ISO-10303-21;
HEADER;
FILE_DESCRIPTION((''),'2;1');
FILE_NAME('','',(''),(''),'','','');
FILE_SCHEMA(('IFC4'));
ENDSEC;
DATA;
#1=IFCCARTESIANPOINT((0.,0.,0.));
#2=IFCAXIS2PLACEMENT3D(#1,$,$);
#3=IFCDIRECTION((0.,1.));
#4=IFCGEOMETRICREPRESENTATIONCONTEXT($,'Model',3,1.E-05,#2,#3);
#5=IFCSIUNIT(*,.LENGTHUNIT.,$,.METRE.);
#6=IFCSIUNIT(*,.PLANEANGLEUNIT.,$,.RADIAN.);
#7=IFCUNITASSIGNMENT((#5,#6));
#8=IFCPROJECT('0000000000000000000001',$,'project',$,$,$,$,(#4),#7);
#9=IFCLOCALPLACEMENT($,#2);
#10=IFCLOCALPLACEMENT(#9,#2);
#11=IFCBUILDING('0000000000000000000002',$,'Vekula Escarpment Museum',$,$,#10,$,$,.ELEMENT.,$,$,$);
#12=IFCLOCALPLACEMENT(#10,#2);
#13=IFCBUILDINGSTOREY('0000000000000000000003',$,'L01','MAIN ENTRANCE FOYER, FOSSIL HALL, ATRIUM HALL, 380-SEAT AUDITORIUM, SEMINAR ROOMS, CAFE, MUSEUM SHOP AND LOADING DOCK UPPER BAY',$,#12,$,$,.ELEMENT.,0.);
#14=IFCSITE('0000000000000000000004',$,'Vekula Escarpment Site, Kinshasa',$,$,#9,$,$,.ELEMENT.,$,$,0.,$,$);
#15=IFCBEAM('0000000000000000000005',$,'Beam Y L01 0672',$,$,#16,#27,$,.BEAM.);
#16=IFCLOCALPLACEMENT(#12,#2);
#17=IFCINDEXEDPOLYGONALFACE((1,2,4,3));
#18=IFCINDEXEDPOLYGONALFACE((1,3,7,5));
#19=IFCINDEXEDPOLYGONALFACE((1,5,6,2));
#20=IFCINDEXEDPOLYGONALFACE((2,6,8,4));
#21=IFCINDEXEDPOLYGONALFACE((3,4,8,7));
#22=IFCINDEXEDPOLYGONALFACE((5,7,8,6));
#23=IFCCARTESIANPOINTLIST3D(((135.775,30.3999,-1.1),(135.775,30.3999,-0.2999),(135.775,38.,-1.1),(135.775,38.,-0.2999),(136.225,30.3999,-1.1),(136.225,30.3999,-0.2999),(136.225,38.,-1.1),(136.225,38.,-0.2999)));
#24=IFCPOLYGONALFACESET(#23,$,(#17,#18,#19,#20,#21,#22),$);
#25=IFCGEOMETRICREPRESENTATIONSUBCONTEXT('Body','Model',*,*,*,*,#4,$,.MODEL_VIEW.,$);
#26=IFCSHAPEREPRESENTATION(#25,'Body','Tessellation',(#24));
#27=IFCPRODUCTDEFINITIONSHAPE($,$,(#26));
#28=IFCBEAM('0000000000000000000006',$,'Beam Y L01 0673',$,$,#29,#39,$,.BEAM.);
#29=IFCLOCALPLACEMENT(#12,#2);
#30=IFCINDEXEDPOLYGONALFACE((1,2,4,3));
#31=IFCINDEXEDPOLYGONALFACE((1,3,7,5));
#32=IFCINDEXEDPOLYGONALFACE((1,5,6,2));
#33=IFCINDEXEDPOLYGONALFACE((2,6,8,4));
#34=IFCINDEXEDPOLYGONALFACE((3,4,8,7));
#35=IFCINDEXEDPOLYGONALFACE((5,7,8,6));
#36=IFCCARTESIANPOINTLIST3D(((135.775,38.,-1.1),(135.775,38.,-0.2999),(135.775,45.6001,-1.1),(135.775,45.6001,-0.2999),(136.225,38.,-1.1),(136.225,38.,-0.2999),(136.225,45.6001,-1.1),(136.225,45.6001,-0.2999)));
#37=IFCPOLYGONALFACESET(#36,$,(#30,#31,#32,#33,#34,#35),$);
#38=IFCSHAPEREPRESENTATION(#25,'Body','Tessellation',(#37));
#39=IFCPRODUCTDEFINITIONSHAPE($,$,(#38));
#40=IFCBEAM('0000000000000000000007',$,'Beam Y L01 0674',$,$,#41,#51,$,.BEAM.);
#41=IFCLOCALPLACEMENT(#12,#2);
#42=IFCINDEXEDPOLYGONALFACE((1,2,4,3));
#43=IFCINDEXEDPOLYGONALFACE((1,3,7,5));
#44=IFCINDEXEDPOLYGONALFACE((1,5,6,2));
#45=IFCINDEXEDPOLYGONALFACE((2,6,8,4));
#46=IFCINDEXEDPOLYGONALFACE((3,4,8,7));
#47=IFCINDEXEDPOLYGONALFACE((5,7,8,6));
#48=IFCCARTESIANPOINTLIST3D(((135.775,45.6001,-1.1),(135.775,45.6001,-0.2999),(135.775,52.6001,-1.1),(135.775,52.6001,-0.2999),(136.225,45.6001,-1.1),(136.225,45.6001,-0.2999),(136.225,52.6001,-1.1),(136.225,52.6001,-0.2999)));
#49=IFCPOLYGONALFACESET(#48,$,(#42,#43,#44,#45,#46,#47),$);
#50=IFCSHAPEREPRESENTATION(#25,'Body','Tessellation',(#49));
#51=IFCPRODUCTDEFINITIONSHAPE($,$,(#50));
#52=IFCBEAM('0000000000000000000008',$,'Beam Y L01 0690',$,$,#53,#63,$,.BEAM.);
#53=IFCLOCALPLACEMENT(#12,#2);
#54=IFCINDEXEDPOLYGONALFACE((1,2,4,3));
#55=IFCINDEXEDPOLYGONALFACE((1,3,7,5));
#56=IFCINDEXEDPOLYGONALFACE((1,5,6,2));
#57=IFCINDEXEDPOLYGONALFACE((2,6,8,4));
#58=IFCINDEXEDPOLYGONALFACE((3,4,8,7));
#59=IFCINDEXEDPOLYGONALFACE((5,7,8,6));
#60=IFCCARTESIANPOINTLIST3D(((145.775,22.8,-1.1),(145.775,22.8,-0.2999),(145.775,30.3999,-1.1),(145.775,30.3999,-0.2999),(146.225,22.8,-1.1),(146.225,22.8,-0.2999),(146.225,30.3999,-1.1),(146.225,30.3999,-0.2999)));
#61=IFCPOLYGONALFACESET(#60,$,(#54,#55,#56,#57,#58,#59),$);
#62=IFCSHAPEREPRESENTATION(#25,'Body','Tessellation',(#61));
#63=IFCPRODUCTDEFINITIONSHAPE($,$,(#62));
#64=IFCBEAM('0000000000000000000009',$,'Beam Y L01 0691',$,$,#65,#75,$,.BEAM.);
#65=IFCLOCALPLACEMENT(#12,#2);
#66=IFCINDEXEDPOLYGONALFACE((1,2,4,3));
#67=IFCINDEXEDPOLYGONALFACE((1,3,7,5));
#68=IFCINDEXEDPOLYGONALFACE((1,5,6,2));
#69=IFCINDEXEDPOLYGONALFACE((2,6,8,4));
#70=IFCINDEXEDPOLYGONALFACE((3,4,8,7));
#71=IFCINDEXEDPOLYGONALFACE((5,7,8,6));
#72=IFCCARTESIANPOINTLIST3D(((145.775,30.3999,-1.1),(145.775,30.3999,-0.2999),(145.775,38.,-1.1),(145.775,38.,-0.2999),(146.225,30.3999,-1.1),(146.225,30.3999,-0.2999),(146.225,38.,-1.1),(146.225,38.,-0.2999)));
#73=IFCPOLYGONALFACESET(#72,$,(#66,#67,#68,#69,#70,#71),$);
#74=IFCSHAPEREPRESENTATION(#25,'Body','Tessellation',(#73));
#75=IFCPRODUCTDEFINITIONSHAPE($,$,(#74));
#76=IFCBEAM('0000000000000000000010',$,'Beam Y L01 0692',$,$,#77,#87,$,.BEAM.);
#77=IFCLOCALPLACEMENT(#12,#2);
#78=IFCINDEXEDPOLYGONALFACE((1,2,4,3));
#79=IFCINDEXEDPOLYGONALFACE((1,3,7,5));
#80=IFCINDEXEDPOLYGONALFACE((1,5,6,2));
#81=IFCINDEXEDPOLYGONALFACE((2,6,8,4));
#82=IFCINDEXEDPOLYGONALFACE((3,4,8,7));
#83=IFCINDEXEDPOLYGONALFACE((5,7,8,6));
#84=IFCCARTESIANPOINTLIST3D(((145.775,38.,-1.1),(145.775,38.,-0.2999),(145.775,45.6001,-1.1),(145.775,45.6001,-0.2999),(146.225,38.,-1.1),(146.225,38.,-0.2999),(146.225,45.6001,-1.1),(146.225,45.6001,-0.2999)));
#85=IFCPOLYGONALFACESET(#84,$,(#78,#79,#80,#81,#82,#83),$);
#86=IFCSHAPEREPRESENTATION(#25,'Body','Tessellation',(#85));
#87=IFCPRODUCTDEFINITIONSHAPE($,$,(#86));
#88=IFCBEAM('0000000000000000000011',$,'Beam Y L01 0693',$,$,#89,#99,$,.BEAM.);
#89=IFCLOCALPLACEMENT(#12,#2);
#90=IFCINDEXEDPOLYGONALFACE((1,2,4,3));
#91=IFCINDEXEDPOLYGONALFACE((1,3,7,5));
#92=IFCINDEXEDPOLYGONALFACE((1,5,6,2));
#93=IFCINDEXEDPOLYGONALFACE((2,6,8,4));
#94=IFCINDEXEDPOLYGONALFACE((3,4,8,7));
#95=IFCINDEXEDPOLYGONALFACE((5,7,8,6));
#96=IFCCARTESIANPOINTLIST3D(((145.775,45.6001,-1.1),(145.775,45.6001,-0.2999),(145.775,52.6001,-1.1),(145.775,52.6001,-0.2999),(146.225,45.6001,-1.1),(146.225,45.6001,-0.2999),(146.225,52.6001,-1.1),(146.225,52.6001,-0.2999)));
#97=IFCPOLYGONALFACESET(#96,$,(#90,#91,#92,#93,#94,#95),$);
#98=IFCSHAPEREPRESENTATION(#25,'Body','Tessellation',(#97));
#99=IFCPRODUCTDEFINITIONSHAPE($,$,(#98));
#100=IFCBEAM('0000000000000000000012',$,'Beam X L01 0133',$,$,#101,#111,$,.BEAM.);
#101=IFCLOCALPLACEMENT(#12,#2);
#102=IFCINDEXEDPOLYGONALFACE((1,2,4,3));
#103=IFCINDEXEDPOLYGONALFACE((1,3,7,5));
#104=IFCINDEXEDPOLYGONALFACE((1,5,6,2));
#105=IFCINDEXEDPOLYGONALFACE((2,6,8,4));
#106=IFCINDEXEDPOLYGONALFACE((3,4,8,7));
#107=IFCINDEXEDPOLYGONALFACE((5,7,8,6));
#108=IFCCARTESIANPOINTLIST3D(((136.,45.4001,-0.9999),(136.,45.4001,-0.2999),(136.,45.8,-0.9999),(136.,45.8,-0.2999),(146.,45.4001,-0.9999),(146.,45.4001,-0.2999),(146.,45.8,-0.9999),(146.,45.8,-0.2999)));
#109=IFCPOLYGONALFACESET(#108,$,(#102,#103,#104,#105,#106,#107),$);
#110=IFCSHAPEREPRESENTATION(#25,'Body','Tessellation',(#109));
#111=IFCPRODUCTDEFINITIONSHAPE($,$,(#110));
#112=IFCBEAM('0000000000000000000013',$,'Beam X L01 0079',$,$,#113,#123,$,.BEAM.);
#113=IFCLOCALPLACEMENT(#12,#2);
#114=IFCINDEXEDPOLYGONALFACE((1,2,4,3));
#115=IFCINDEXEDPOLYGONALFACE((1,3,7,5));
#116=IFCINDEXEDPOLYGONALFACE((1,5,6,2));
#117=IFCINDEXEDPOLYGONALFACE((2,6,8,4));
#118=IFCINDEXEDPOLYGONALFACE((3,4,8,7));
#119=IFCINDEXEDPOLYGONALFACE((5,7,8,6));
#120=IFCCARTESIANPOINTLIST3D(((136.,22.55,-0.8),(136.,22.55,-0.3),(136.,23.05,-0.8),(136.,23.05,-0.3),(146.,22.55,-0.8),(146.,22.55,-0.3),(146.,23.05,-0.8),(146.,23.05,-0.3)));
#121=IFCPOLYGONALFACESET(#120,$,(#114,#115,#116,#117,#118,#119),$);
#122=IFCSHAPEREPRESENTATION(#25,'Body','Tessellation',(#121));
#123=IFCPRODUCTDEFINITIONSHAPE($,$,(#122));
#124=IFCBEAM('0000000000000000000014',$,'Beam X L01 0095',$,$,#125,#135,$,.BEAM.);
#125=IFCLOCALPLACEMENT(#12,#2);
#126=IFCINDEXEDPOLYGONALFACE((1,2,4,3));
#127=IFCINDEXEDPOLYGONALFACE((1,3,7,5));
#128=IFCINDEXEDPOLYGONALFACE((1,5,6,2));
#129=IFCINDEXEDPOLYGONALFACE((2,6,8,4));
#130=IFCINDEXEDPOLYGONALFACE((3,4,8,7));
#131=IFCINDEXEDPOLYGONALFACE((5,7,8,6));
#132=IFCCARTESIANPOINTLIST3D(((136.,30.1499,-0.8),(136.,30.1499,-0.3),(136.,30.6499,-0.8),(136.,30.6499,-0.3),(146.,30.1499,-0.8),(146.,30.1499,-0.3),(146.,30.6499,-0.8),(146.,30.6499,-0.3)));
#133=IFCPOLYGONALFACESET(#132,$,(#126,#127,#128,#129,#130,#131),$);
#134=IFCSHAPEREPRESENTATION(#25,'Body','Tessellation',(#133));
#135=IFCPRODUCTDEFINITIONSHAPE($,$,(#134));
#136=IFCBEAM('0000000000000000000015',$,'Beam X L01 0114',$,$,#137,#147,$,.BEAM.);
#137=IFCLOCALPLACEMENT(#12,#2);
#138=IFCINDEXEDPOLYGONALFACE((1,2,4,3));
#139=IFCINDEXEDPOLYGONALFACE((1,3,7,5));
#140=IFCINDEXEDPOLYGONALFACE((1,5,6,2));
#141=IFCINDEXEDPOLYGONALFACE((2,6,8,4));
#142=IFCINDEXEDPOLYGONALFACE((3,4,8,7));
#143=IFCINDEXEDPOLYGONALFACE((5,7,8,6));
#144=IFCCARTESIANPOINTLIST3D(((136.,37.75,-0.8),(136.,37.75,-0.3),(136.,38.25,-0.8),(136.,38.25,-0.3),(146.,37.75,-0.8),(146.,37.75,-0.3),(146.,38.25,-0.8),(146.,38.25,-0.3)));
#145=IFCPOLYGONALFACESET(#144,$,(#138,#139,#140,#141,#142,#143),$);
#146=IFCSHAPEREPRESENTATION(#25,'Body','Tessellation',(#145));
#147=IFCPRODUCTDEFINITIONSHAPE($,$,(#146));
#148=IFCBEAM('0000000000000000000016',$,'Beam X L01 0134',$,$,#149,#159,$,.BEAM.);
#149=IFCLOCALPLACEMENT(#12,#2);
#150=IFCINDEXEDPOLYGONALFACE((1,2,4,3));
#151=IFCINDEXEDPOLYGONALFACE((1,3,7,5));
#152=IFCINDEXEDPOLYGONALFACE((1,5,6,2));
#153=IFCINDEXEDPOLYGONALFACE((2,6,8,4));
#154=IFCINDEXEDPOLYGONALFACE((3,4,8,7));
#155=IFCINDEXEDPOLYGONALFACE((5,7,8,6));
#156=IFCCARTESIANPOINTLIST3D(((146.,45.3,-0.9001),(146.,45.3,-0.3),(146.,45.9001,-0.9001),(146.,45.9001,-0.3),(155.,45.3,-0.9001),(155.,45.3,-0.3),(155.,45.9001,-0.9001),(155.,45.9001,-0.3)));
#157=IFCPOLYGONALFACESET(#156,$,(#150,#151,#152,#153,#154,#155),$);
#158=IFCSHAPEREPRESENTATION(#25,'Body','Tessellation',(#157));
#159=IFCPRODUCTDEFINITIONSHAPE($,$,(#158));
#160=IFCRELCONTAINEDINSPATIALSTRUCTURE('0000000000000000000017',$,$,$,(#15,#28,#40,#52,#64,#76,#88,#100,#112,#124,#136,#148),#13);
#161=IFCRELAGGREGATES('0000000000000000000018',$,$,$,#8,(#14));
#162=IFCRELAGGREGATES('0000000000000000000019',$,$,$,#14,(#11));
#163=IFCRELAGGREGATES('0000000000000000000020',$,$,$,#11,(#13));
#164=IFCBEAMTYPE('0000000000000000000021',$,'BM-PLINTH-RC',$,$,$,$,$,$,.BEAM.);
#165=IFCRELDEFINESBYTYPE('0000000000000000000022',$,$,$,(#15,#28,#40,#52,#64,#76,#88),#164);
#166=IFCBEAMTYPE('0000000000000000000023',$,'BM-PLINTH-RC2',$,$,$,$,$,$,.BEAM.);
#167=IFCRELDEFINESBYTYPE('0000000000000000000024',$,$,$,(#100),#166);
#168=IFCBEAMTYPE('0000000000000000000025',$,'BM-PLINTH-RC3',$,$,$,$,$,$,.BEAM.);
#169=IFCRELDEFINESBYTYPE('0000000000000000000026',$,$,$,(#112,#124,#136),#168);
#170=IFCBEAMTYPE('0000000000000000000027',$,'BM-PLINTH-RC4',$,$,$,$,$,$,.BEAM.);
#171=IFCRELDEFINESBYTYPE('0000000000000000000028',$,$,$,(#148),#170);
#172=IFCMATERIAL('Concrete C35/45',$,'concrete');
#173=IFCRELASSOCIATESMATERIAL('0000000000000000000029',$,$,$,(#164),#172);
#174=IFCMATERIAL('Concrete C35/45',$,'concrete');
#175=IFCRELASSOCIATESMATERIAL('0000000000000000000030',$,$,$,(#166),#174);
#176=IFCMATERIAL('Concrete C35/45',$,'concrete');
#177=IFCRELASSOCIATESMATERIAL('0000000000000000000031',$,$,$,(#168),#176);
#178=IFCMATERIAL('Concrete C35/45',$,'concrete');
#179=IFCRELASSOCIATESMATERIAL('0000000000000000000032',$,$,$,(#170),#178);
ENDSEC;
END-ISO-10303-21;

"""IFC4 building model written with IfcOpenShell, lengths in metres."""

from ifc_helpers import new_model, si_unit, direction, frame, origin, origin_2d, place, context, subcontext, project, spatial, rectangle, extrude, material, material_profile, profile_set, type_object, element, save


model = new_model("IFC4")

# Units and contexts
model_context = context("Model", 3, precision=1e-05, world=origin(), true_north=direction((0.0, 1.0)))
body_context = subcontext(model_context, "Body", "Model", "MODEL_VIEW")
ifc_project = project(units=[si_unit("LENGTHUNIT", "METRE"), si_unit("PLANEANGLEUNIT", "RADIAN")], contexts=[model_context])

# Site, building, storey
site_placement = place(None, origin())
site = spatial("IfcSite", under=ifc_project, at=site_placement, Name="Vekula Escarpment Site, Kinshasa", CompositionType="ELEMENT", RefElevation=0.0)
building_placement = place(site_placement, origin())
building = spatial("IfcBuilding", under=site, at=building_placement, Name="Vekula Escarpment Museum", CompositionType="ELEMENT")
storey_placement = place(building_placement, origin())
storey = spatial("IfcBuildingStorey", under=building, at=storey_placement, Name="L01", Description="MAIN ENTRANCE FOYER, FOSSIL HALL, ATRIUM HALL, 380-SEAT AUDITORIUM, SEMINAR ROOMS, CAFE, MUSEUM SHOP AND LOADING DOCK UPPER BAY", CompositionType="ELEMENT", Elevation=0.0)

# Beams
ifc_material_1 = material(Name="Concrete C35/45", Category="concrete")
ifc_material_profile_1 = material_profile(ifc_material_1, rectangle(XDim=0.45, YDim=0.8, at=origin_2d()), Name="RC 450x800")
ifc_profile_set_1 = profile_set([ifc_material_profile_1], Name="Concrete C35/45")
beam_type_1 = type_object("IfcBeamType", Name="BM-PLINTH-RC", PredefinedType="BEAM", material=ifc_profile_set_1)
for number, where, z_axis, x_axis, name in (
    (1, (136.0, 30.3999, -0.7), (0.0, 1.0, 0.0), (-1.0, 0.0, 0.0), "Beam Y L01 0672"),
    (2, (136.0, 38.0, -0.7), (0.0, 1.0, 0.0), (-1.0, 0.0, 0.0), "Beam Y L01 0673"),
):
    element("IfcBeam", number, at=place(storey_placement, frame(where, z_axis=z_axis, x_axis=x_axis)), inside=storey, type_object=beam_type_1, Name=name, PredefinedType="BEAM", context=body_context, shape_type="SweptSolid", body=[
        extrude(rectangle(XDim=0.45, YDim=0.8, at=origin_2d()), origin(), (0.0, 0.0, 1.0), 7.6001),
    ])
beam_1_placement = place(storey_placement, frame((136.0, 45.6001, -0.7), z_axis=(0.0, 1.0, 0.0), x_axis=(-1.0, 0.0, 0.0)))
element("IfcBeam", 3, at=beam_1_placement, inside=storey, type_object=beam_type_1, Name="Beam Y L01 0674", PredefinedType="BEAM", context=body_context, shape_type="SweptSolid", body=[
    extrude(rectangle(XDim=0.45, YDim=0.8, at=origin_2d()), origin(), (0.0, 0.0, 1.0), 7.0),
])
beam_2_placement = place(storey_placement, frame((146.0, 22.8, -0.7), z_axis=(0.0, 1.0, 0.0), x_axis=(-1.0, 0.0, 0.0)))
element("IfcBeam", 4, at=beam_2_placement, inside=storey, type_object=beam_type_1, Name="Beam Y L01 0690", PredefinedType="BEAM", context=body_context, shape_type="SweptSolid", body=[
    extrude(rectangle(XDim=0.45, YDim=0.8, at=origin_2d()), origin(), (0.0, 0.0, 1.0), 7.5999),
])
for number, where, z_axis, x_axis, name in (
    (5, (146.0, 30.3999, -0.7), (0.0, 1.0, 0.0), (-1.0, 0.0, 0.0), "Beam Y L01 0691"),
    (6, (146.0, 38.0, -0.7), (0.0, 1.0, 0.0), (-1.0, 0.0, 0.0), "Beam Y L01 0692"),
):
    element("IfcBeam", number, at=place(storey_placement, frame(where, z_axis=z_axis, x_axis=x_axis)), inside=storey, type_object=beam_type_1, Name=name, PredefinedType="BEAM", context=body_context, shape_type="SweptSolid", body=[
        extrude(rectangle(XDim=0.45, YDim=0.8, at=origin_2d()), origin(), (0.0, 0.0, 1.0), 7.6001),
    ])
beam_3_placement = place(storey_placement, frame((146.0, 45.6001, -0.7), z_axis=(0.0, 1.0, 0.0), x_axis=(-1.0, 0.0, 0.0)))
element("IfcBeam", 7, at=beam_3_placement, inside=storey, type_object=beam_type_1, Name="Beam Y L01 0693", PredefinedType="BEAM", context=body_context, shape_type="SweptSolid", body=[
    extrude(rectangle(XDim=0.45, YDim=0.8, at=origin_2d()), origin(), (0.0, 0.0, 1.0), 7.0),
])
ifc_material_2 = material(Name="Concrete C35/45", Category="concrete")
ifc_material_profile_2 = material_profile(ifc_material_2, rectangle(XDim=0.3999, YDim=0.7, at=origin_2d()), Name="RC 400x700")
ifc_profile_set_2 = profile_set([ifc_material_profile_2], Name="Concrete C35/45")
beam_type_2 = type_object("IfcBeamType", Name="BM-PLINTH-RC2", PredefinedType="BEAM", material=ifc_profile_set_2)
beam_4_placement = place(storey_placement, frame((136.0, 45.6001, -0.6499), z_axis=(1.0, 0.0, 0.0), x_axis=(0.0, 1.0, 0.0)))
element("IfcBeam", 8, at=beam_4_placement, inside=storey, type_object=beam_type_2, Name="Beam X L01 0133", PredefinedType="BEAM", context=body_context, shape_type="SweptSolid", body=[
    extrude(rectangle(XDim=0.3999, YDim=0.7, at=origin_2d()), origin(), (0.0, 0.0, 1.0), 10.0),
])
ifc_material_3 = material(Name="Concrete C35/45", Category="concrete")
ifc_material_profile_3 = material_profile(ifc_material_3, rectangle(XDim=0.5, YDim=0.5, at=origin_2d()), Name="RC 500x500")
ifc_profile_set_3 = profile_set([ifc_material_profile_3], Name="Concrete C35/45")
beam_type_3 = type_object("IfcBeamType", Name="BM-PLINTH-RC3", PredefinedType="BEAM", material=ifc_profile_set_3)
for number, where, z_axis, x_axis, name in (
    (9, (136.0, 22.8, -0.55), (1.0, 0.0, 0.0), (0.0, 1.0, 0.0), "Beam X L01 0079"),
    (10, (136.0, 30.3999, -0.55), (1.0, 0.0, 0.0), (0.0, 1.0, 0.0), "Beam X L01 0095"),
    (11, (136.0, 38.0, -0.55), (1.0, 0.0, 0.0), (0.0, 1.0, 0.0), "Beam X L01 0114"),
):
    element("IfcBeam", number, at=place(storey_placement, frame(where, z_axis=z_axis, x_axis=x_axis)), inside=storey, type_object=beam_type_3, Name=name, PredefinedType="BEAM", context=body_context, shape_type="SweptSolid", body=[
        extrude(rectangle(XDim=0.5, YDim=0.5, at=origin_2d()), origin(), (0.0, 0.0, 1.0), 10.0),
    ])
ifc_material_4 = material(Name="Concrete C35/45", Category="concrete")
ifc_material_profile_4 = material_profile(ifc_material_4, rectangle(XDim=0.6001, YDim=0.6001, at=origin_2d()), Name="RC 600x600")
ifc_profile_set_4 = profile_set([ifc_material_profile_4], Name="Concrete C35/45")
beam_type_4 = type_object("IfcBeamType", Name="BM-PLINTH-RC4", PredefinedType="BEAM", material=ifc_profile_set_4)
beam_5_placement = place(storey_placement, frame((146.0, 45.6001, -0.6001), z_axis=(1.0, 0.0, 0.0), x_axis=(0.0, 1.0, 0.0)))
element("IfcBeam", 12, at=beam_5_placement, inside=storey, type_object=beam_type_4, Name="Beam X L01 0134", PredefinedType="BEAM", context=body_context, shape_type="SweptSolid", body=[
    extrude(rectangle(XDim=0.6001, YDim=0.6001, at=origin_2d()), origin(), (0.0, 0.0, 1.0), 9.0),
])

save(model, "model.ifc")
